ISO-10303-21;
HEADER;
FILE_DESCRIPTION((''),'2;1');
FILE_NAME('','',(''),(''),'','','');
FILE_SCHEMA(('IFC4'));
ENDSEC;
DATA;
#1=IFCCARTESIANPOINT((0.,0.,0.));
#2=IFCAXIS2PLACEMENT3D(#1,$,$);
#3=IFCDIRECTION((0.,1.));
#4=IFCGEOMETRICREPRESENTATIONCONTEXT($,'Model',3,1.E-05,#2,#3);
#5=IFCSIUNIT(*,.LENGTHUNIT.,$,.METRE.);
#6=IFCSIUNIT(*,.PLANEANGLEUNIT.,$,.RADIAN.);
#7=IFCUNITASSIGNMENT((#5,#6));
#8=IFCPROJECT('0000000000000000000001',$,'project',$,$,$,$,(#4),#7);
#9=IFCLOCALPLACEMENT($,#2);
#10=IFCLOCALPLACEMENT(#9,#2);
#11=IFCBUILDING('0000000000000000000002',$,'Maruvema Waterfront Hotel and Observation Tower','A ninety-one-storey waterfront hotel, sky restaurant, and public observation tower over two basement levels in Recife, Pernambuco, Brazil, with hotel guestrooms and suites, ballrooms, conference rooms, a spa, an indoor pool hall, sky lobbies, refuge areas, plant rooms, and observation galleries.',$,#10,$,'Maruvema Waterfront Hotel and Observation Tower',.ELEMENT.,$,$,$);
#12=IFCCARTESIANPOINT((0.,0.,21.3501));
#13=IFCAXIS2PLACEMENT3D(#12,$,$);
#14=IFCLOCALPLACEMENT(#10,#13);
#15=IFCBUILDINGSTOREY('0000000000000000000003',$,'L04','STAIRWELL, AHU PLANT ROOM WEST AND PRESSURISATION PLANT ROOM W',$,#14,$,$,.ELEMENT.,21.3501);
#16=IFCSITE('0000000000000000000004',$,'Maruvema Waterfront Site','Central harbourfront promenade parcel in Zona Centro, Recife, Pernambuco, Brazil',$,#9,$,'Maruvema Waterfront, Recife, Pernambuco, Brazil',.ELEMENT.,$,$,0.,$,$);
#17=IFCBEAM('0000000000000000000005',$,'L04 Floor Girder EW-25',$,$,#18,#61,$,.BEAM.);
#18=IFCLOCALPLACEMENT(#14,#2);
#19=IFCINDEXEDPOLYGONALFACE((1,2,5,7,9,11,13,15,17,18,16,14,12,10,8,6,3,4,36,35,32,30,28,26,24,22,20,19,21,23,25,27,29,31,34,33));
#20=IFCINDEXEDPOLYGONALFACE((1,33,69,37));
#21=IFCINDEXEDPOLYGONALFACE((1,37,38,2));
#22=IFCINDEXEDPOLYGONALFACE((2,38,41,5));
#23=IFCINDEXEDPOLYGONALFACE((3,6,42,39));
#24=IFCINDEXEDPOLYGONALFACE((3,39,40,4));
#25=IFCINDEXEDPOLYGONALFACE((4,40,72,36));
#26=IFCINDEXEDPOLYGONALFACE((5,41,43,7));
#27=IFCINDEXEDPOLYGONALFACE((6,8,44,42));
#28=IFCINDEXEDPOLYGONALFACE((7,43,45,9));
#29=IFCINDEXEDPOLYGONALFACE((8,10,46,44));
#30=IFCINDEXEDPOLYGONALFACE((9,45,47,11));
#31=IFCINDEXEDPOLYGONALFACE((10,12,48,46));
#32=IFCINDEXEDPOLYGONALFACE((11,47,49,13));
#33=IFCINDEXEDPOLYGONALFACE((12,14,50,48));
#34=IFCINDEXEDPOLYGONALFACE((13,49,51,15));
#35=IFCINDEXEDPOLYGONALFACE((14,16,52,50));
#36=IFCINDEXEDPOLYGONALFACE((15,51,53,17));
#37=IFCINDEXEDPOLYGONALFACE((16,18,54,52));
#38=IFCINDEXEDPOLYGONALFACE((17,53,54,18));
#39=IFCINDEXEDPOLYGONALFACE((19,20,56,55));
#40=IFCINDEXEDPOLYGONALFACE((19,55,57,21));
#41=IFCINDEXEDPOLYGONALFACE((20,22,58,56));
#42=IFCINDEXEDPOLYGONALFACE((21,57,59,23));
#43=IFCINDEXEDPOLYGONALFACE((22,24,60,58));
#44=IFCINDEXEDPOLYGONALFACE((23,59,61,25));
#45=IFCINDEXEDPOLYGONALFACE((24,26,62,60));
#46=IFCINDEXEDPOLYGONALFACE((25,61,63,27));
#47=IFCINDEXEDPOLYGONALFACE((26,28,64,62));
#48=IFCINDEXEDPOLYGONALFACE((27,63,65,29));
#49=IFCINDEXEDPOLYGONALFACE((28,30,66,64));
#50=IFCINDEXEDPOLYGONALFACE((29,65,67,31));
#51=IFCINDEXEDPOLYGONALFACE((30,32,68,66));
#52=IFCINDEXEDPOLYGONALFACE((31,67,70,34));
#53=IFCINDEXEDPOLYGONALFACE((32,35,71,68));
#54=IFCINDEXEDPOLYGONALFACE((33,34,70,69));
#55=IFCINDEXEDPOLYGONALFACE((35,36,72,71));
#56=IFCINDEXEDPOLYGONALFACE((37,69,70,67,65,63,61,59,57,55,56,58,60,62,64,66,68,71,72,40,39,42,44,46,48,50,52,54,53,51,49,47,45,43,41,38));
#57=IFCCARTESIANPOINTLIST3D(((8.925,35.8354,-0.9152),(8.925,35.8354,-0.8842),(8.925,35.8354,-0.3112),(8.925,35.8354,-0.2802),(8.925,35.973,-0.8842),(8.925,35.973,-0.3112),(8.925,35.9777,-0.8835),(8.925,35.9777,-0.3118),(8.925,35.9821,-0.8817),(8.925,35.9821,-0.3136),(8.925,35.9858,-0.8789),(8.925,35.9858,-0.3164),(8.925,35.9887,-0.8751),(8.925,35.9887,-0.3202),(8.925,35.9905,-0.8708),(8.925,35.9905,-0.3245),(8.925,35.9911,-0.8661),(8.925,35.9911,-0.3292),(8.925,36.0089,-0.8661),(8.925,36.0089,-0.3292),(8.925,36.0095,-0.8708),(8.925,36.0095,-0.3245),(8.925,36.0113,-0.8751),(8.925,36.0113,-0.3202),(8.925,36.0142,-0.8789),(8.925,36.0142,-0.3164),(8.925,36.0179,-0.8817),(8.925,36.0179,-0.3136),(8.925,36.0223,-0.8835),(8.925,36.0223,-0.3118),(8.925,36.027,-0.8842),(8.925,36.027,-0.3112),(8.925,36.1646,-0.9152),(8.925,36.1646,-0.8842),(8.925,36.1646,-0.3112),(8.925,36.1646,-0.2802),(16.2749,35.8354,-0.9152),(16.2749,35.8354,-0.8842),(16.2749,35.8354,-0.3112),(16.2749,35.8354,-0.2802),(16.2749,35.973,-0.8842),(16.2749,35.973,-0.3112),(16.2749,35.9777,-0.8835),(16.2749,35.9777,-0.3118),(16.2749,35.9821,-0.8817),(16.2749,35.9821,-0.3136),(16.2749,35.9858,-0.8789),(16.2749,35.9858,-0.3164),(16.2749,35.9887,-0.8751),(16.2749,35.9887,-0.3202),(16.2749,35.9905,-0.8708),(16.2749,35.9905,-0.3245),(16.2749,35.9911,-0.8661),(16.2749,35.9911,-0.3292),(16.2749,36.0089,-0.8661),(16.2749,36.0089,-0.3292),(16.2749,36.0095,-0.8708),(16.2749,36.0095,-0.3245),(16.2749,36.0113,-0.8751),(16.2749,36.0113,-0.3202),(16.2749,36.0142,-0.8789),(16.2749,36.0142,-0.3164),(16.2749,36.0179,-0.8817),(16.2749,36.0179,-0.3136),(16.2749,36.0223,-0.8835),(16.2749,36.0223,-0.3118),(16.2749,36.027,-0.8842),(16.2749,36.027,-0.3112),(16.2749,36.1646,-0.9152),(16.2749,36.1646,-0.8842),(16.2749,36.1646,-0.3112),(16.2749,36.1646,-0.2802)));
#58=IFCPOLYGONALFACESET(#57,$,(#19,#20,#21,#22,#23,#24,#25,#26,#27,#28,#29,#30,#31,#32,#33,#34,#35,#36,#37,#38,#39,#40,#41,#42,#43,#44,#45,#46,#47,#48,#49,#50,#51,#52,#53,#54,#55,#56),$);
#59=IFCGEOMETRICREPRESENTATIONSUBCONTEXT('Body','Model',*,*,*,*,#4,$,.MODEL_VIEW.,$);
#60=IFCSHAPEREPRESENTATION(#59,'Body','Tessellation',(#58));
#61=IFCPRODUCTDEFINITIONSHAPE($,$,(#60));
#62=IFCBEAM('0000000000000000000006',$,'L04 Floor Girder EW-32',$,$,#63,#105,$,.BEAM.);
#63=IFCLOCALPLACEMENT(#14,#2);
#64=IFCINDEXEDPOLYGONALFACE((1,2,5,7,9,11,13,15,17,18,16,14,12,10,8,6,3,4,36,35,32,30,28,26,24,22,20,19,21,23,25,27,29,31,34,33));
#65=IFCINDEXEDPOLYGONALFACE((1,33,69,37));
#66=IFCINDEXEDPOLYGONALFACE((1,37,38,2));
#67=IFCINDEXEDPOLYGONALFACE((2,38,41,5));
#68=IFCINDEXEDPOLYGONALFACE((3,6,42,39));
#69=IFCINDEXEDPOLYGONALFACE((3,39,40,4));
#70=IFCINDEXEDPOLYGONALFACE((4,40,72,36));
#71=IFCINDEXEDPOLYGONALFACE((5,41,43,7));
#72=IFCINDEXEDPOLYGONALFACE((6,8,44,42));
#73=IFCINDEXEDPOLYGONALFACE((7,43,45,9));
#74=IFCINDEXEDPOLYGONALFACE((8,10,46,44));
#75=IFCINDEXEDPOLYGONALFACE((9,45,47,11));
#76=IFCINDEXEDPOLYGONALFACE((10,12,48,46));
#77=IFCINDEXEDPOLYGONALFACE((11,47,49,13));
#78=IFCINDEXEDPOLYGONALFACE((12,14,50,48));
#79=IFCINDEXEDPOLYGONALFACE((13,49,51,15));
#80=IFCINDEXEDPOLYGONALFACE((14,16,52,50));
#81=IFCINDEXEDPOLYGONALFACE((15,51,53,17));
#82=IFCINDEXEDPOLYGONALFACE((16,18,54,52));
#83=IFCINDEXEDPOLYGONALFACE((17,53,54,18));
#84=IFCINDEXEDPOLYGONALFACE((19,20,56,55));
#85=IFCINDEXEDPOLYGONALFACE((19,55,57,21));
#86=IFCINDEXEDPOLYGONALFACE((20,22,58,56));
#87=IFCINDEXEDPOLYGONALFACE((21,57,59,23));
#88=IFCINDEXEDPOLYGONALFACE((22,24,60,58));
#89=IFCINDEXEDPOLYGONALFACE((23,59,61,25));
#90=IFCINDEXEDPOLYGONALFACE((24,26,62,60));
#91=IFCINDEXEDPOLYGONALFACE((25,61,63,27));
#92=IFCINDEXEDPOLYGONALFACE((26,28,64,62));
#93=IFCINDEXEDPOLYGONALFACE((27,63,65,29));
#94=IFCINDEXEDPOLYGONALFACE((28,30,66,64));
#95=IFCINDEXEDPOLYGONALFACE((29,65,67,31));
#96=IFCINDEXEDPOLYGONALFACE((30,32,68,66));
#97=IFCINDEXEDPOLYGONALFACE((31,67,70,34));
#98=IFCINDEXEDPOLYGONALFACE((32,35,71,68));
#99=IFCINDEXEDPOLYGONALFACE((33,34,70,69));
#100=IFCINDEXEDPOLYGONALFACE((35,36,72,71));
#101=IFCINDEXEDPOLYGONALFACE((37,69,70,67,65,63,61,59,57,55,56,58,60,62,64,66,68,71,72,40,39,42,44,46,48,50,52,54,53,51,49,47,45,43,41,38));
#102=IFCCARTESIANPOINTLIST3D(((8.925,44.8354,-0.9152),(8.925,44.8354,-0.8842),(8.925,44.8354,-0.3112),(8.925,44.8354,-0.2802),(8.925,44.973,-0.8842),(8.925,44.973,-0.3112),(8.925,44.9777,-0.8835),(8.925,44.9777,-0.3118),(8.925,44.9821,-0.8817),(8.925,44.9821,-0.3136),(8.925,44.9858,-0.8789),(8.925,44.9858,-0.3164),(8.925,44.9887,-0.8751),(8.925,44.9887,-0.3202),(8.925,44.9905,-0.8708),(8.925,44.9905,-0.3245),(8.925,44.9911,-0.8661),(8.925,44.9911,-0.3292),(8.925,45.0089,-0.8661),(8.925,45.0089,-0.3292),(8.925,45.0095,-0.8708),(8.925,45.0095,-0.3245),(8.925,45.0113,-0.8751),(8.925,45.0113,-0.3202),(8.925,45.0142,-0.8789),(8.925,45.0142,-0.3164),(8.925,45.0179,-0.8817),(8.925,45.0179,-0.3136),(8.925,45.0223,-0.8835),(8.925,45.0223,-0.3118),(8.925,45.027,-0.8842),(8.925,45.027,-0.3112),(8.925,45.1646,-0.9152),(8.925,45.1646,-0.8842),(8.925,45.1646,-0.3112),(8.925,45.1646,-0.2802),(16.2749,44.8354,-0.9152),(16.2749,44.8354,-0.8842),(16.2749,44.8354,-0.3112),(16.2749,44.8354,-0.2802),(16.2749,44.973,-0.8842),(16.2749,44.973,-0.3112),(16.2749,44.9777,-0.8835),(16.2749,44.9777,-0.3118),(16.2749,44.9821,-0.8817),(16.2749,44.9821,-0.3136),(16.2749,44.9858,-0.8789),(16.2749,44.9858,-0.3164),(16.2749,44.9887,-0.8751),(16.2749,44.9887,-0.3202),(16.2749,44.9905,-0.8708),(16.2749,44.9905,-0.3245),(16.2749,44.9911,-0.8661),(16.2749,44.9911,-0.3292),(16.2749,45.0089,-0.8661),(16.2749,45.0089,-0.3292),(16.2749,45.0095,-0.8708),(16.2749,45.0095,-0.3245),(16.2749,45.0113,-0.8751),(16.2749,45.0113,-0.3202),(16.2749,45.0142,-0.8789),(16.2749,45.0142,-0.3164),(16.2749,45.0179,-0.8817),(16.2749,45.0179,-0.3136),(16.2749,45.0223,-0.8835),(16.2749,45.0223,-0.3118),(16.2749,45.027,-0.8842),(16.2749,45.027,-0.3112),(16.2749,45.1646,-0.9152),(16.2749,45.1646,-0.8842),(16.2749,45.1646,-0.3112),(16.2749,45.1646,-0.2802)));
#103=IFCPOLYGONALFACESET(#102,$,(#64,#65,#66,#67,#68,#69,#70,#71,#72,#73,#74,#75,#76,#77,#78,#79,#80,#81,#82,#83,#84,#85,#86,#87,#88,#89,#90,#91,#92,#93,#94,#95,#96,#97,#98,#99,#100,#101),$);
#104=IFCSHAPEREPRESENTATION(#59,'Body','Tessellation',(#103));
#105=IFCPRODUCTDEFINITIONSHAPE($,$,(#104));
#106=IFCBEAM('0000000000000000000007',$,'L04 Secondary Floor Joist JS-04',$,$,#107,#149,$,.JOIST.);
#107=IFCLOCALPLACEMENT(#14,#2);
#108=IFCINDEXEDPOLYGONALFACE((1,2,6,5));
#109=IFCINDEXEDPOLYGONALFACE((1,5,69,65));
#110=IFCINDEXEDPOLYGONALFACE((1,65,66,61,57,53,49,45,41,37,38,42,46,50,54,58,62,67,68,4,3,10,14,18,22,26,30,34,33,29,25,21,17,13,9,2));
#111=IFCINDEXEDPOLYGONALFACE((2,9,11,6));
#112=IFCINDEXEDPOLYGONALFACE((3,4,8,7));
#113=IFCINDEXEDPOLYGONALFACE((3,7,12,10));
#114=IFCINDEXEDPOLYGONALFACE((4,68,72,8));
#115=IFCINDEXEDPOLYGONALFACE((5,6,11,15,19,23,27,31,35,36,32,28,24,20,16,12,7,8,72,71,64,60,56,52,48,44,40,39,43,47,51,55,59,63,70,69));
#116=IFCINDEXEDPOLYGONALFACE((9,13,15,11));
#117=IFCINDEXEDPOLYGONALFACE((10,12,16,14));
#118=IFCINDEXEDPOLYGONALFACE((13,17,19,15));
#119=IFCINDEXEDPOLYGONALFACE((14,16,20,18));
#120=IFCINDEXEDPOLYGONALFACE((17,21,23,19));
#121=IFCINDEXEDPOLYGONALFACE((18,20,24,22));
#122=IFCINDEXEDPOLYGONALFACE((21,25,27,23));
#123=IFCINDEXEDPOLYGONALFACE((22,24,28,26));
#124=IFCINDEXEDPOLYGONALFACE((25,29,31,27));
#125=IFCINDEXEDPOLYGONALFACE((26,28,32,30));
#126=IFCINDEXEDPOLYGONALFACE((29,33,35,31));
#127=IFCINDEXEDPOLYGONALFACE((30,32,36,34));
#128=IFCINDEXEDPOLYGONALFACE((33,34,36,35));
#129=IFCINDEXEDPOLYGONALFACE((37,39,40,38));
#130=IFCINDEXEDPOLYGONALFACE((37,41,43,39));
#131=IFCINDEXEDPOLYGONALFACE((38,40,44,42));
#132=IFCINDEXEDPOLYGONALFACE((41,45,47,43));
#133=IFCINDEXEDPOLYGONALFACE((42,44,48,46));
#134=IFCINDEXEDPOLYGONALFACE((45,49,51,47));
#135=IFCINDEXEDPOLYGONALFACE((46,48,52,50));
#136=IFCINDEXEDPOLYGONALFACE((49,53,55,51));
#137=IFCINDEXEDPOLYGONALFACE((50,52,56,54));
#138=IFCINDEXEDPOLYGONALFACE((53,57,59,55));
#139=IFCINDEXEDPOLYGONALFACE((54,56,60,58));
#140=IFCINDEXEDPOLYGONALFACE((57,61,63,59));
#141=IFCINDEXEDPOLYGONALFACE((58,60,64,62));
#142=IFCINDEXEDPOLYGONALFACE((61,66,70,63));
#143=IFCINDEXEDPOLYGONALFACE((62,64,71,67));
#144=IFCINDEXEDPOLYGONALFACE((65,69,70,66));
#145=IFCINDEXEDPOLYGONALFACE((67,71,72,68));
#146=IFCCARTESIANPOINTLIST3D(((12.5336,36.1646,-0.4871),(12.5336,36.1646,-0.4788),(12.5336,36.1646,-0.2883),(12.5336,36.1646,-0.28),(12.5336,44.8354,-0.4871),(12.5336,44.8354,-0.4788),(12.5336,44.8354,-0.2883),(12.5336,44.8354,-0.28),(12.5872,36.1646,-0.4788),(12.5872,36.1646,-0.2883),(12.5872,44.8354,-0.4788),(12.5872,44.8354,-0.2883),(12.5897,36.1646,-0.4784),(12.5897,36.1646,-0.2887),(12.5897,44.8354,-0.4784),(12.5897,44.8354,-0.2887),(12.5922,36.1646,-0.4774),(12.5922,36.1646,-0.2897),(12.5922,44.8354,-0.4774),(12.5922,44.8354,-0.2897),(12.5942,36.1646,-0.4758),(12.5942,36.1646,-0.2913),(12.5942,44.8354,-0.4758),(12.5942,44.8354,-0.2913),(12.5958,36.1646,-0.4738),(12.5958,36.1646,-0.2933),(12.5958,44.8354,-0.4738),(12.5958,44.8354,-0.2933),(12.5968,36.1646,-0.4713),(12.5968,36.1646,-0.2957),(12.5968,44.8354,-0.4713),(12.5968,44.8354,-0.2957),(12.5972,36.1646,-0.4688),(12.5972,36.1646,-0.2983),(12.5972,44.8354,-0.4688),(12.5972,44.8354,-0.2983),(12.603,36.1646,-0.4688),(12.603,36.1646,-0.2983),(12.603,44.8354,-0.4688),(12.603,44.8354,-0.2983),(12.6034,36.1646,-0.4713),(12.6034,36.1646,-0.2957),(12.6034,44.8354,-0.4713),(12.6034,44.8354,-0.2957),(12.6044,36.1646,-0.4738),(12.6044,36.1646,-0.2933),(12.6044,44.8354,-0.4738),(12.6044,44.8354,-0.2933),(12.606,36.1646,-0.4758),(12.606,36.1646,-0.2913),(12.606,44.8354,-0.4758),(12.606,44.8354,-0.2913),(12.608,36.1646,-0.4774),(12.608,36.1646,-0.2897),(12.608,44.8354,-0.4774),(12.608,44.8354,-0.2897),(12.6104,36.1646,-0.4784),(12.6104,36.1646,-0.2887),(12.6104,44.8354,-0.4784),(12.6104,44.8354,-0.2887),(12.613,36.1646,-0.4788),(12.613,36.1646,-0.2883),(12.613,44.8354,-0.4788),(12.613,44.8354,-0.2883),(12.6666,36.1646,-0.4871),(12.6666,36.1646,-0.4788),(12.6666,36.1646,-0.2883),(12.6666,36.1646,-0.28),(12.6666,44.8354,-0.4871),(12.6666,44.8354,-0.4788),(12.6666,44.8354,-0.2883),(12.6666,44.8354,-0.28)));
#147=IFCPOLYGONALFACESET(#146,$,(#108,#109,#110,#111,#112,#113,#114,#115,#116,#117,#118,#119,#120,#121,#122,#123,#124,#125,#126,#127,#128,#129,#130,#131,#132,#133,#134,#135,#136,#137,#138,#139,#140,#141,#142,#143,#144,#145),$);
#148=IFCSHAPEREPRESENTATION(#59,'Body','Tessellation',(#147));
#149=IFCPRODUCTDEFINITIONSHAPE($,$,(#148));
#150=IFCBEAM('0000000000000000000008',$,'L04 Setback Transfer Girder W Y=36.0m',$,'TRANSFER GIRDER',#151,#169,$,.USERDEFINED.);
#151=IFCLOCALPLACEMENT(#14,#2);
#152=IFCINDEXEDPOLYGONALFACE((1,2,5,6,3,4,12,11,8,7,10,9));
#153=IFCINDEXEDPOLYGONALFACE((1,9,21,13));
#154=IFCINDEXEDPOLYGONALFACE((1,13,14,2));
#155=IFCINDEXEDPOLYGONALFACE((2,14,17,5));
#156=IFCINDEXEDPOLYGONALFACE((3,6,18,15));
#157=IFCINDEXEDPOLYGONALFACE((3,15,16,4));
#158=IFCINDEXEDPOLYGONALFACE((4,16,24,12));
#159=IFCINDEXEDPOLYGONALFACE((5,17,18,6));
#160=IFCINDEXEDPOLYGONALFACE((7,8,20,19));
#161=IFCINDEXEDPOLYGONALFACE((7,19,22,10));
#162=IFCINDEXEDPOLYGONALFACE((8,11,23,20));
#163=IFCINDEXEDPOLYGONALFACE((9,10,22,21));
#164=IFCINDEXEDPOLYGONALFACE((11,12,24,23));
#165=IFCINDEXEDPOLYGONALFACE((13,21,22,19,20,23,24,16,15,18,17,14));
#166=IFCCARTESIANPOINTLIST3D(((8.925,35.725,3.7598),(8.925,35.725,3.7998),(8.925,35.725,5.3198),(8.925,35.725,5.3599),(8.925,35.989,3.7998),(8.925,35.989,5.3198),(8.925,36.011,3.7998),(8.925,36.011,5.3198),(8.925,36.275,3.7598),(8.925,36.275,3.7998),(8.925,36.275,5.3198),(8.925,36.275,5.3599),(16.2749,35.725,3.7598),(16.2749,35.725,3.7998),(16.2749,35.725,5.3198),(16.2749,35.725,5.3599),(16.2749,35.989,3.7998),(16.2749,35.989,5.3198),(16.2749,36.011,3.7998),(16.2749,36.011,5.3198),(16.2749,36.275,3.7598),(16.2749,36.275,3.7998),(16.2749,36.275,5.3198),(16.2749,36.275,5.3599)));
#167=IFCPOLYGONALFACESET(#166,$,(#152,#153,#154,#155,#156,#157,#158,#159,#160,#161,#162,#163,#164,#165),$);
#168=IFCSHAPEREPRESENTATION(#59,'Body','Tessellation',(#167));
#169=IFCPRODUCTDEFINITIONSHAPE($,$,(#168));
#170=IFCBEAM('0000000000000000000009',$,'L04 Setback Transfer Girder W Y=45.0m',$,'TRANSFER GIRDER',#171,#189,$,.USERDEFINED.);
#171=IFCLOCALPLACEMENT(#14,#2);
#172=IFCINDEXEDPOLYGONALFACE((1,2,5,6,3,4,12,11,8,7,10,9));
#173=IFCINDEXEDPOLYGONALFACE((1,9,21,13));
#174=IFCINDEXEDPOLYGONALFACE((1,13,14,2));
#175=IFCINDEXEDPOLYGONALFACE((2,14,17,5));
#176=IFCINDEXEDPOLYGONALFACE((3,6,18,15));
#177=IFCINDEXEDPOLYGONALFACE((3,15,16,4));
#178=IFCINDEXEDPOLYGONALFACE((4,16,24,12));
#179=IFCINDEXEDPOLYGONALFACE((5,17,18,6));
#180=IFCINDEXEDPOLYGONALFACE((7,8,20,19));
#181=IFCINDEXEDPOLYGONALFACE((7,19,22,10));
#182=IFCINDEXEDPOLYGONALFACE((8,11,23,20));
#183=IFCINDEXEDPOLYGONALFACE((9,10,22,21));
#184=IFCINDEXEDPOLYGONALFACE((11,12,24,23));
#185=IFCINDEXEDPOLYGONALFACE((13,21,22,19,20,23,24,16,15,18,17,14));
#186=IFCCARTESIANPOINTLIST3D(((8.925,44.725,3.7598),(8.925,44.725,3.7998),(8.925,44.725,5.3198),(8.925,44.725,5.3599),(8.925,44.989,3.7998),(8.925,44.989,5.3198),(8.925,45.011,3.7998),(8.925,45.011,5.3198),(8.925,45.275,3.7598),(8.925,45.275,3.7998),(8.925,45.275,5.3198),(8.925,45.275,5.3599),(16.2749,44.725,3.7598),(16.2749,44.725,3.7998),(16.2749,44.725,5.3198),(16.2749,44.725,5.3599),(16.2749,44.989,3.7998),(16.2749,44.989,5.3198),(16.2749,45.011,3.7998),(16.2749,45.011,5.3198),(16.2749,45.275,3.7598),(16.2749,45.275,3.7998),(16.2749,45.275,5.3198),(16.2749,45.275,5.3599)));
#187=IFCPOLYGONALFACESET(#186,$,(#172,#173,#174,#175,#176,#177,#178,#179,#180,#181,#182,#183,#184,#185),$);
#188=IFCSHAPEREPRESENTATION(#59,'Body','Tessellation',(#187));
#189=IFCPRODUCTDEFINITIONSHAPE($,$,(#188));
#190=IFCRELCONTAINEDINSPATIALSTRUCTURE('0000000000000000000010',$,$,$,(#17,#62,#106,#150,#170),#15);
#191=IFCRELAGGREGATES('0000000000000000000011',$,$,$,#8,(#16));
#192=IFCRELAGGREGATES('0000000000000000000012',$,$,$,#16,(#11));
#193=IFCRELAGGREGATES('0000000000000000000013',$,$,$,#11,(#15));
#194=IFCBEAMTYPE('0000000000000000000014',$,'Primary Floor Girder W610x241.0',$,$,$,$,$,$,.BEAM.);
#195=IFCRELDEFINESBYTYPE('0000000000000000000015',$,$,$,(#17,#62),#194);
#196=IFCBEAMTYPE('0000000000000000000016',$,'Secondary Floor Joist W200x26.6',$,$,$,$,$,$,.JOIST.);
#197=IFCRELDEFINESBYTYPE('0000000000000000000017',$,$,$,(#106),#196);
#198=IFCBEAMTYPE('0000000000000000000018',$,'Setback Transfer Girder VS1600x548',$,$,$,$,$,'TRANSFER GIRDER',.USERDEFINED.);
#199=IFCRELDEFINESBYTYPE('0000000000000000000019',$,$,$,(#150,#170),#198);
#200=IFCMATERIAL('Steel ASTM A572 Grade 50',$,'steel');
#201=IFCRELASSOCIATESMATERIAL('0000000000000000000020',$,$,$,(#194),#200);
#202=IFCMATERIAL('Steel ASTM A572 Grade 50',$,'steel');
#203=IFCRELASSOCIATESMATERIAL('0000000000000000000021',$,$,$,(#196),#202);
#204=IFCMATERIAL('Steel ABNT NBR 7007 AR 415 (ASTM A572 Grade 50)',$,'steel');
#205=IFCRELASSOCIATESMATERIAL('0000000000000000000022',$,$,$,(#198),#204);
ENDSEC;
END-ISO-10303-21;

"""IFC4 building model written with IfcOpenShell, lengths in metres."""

from ifc_helpers import new_model, si_unit, direction, frame, origin, origin_2d, place, context, subcontext, project, spatial, i_section, extrude, material, material_profile, profile_set, type_object, element, save


model = new_model("IFC4")

# Units and contexts
model_context = context("Model", 3, precision=1e-05, world=origin(), true_north=direction((0.0, 1.0)))
body_context = subcontext(model_context, "Body", "Model", "MODEL_VIEW")
ifc_project = project(units=[si_unit("LENGTHUNIT", "METRE"), si_unit("PLANEANGLEUNIT", "RADIAN")], contexts=[model_context])

# Site, building, storey
site_placement = place(None, origin())
site = spatial("IfcSite", under=ifc_project, at=site_placement, Name="Maruvema Waterfront Site", Description="Central harbourfront promenade parcel in Zona Centro, Recife, Pernambuco, Brazil", LongName="Maruvema Waterfront, Recife, Pernambuco, Brazil", CompositionType="ELEMENT", RefElevation=0.0)
building_placement = place(site_placement, origin())
building = spatial("IfcBuilding", under=site, at=building_placement, Name="Maruvema Waterfront Hotel and Observation Tower", Description="A ninety-one-storey waterfront hotel, sky restaurant, and public observation tower over two basement levels in Recife, Pernambuco, Brazil, with hotel guestrooms and suites, ballrooms, conference rooms, a spa, an indoor pool hall, sky lobbies, refuge areas, plant rooms, and observation galleries.", LongName="Maruvema Waterfront Hotel and Observation Tower", CompositionType="ELEMENT")
storey_placement = place(building_placement, frame((0.0, 0.0, 21.3501)))
storey = spatial("IfcBuildingStorey", under=building, at=storey_placement, Name="L04", Description="STAIRWELL, AHU PLANT ROOM WEST AND PRESSURISATION PLANT ROOM W", CompositionType="ELEMENT", Elevation=21.3501)

# Beams
ifc_material_1 = material(Name="Steel ASTM A572 Grade 50", Category="steel")
ifc_material_profile_1 = material_profile(ifc_material_1, i_section(OverallWidth=0.3291, OverallDepth=0.635, WebThickness=0.0178, FlangeThickness=0.031, FilletRadius=0.0181, at=origin_2d()), Name="W610x241.0")
ifc_profile_set_1 = profile_set([ifc_material_profile_1], Name="Steel ASTM A572 Grade 50")
beam_type_1 = type_object("IfcBeamType", Name="Primary Floor Girder W610x241.0", PredefinedType="BEAM", material=ifc_profile_set_1)
for number, where, z_axis, x_axis, name in (
    (1, (8.925, 36.0, -0.5977), (1.0, 0.0, 0.0), (0.0, 1.0, 0.0), "L04 Floor Girder EW-25"),
    (2, (8.925, 45.0, -0.5977), (1.0, 0.0, 0.0), (0.0, 1.0, 0.0), "L04 Floor Girder EW-32"),
):
    element("IfcBeam", number, at=place(storey_placement, frame(where, z_axis=z_axis, x_axis=x_axis)), inside=storey, type_object=beam_type_1, Name=name, PredefinedType="BEAM", context=body_context, shape_type="SweptSolid", body=[
        extrude(i_section(OverallWidth=0.3291, OverallDepth=0.635, WebThickness=0.0178, FlangeThickness=0.031, FilletRadius=0.0181, at=origin_2d()), origin(), (0.0, 0.0, 1.0), 7.3499),
    ])
ifc_material_2 = material(Name="Steel ASTM A572 Grade 50", Category="steel")
ifc_material_profile_2 = material_profile(ifc_material_2, i_section(OverallWidth=0.1331, OverallDepth=0.207, WebThickness=0.0059, FlangeThickness=0.0083, FilletRadius=0.01, at=origin_2d()), Name="W200x26.6")
ifc_profile_set_2 = profile_set([ifc_material_profile_2], Name="Steel ASTM A572 Grade 50")
beam_type_2 = type_object("IfcBeamType", Name="Secondary Floor Joist W200x26.6", PredefinedType="JOIST", material=ifc_profile_set_2)
beam_1_placement = place(storey_placement, frame((12.6001, 36.1646, -0.3835), z_axis=(0.0, 1.0, 0.0), x_axis=(-1.0, 0.0, 0.0)))
element("IfcBeam", 3, at=beam_1_placement, inside=storey, type_object=beam_type_2, Name="L04 Secondary Floor Joist JS-04", PredefinedType="JOIST", context=body_context, shape_type="SweptSolid", body=[
    extrude(i_section(OverallWidth=0.1331, OverallDepth=0.207, WebThickness=0.0059, FlangeThickness=0.0083, FilletRadius=0.01, at=origin_2d()), origin(), (0.0, 0.0, 1.0), 8.6709),
])
ifc_material_3 = material(Name="Steel ABNT NBR 7007 AR 415 (ASTM A572 Grade 50)", Category="steel")
ifc_material_profile_3 = material_profile(ifc_material_3, i_section(OverallWidth=0.55, OverallDepth=1.6001, WebThickness=0.022, FlangeThickness=0.04, at=origin_2d()), Name="VS1600x548")
ifc_profile_set_3 = profile_set([ifc_material_profile_3], Name="Steel ABNT NBR 7007 AR 415 (ASTM A572 Grade 50)")
beam_type_3 = type_object("IfcBeamType", Name="Setback Transfer Girder VS1600x548", ElementType="TRANSFER GIRDER", PredefinedType="USERDEFINED", material=ifc_profile_set_3)
for number, where, z_axis, x_axis, name in (
    (4, (8.925, 36.0, 4.5598), (1.0, 0.0, 0.0), (0.0, 1.0, 0.0), "L04 Setback Transfer Girder W Y=36.0m"),
    (5, (8.925, 45.0, 4.5598), (1.0, 0.0, 0.0), (0.0, 1.0, 0.0), "L04 Setback Transfer Girder W Y=45.0m"),
):
    element("IfcBeam", number, at=place(storey_placement, frame(where, z_axis=z_axis, x_axis=x_axis)), inside=storey, type_object=beam_type_3, Name=name, ObjectType="TRANSFER GIRDER", PredefinedType="USERDEFINED", context=body_context, shape_type="SweptSolid", body=[
        extrude(i_section(OverallWidth=0.55, OverallDepth=1.6001, WebThickness=0.022, FlangeThickness=0.04, at=origin_2d()), origin(), (0.0, 0.0, 1.0), 7.3499),
    ])

save(model, "model.ifc")
